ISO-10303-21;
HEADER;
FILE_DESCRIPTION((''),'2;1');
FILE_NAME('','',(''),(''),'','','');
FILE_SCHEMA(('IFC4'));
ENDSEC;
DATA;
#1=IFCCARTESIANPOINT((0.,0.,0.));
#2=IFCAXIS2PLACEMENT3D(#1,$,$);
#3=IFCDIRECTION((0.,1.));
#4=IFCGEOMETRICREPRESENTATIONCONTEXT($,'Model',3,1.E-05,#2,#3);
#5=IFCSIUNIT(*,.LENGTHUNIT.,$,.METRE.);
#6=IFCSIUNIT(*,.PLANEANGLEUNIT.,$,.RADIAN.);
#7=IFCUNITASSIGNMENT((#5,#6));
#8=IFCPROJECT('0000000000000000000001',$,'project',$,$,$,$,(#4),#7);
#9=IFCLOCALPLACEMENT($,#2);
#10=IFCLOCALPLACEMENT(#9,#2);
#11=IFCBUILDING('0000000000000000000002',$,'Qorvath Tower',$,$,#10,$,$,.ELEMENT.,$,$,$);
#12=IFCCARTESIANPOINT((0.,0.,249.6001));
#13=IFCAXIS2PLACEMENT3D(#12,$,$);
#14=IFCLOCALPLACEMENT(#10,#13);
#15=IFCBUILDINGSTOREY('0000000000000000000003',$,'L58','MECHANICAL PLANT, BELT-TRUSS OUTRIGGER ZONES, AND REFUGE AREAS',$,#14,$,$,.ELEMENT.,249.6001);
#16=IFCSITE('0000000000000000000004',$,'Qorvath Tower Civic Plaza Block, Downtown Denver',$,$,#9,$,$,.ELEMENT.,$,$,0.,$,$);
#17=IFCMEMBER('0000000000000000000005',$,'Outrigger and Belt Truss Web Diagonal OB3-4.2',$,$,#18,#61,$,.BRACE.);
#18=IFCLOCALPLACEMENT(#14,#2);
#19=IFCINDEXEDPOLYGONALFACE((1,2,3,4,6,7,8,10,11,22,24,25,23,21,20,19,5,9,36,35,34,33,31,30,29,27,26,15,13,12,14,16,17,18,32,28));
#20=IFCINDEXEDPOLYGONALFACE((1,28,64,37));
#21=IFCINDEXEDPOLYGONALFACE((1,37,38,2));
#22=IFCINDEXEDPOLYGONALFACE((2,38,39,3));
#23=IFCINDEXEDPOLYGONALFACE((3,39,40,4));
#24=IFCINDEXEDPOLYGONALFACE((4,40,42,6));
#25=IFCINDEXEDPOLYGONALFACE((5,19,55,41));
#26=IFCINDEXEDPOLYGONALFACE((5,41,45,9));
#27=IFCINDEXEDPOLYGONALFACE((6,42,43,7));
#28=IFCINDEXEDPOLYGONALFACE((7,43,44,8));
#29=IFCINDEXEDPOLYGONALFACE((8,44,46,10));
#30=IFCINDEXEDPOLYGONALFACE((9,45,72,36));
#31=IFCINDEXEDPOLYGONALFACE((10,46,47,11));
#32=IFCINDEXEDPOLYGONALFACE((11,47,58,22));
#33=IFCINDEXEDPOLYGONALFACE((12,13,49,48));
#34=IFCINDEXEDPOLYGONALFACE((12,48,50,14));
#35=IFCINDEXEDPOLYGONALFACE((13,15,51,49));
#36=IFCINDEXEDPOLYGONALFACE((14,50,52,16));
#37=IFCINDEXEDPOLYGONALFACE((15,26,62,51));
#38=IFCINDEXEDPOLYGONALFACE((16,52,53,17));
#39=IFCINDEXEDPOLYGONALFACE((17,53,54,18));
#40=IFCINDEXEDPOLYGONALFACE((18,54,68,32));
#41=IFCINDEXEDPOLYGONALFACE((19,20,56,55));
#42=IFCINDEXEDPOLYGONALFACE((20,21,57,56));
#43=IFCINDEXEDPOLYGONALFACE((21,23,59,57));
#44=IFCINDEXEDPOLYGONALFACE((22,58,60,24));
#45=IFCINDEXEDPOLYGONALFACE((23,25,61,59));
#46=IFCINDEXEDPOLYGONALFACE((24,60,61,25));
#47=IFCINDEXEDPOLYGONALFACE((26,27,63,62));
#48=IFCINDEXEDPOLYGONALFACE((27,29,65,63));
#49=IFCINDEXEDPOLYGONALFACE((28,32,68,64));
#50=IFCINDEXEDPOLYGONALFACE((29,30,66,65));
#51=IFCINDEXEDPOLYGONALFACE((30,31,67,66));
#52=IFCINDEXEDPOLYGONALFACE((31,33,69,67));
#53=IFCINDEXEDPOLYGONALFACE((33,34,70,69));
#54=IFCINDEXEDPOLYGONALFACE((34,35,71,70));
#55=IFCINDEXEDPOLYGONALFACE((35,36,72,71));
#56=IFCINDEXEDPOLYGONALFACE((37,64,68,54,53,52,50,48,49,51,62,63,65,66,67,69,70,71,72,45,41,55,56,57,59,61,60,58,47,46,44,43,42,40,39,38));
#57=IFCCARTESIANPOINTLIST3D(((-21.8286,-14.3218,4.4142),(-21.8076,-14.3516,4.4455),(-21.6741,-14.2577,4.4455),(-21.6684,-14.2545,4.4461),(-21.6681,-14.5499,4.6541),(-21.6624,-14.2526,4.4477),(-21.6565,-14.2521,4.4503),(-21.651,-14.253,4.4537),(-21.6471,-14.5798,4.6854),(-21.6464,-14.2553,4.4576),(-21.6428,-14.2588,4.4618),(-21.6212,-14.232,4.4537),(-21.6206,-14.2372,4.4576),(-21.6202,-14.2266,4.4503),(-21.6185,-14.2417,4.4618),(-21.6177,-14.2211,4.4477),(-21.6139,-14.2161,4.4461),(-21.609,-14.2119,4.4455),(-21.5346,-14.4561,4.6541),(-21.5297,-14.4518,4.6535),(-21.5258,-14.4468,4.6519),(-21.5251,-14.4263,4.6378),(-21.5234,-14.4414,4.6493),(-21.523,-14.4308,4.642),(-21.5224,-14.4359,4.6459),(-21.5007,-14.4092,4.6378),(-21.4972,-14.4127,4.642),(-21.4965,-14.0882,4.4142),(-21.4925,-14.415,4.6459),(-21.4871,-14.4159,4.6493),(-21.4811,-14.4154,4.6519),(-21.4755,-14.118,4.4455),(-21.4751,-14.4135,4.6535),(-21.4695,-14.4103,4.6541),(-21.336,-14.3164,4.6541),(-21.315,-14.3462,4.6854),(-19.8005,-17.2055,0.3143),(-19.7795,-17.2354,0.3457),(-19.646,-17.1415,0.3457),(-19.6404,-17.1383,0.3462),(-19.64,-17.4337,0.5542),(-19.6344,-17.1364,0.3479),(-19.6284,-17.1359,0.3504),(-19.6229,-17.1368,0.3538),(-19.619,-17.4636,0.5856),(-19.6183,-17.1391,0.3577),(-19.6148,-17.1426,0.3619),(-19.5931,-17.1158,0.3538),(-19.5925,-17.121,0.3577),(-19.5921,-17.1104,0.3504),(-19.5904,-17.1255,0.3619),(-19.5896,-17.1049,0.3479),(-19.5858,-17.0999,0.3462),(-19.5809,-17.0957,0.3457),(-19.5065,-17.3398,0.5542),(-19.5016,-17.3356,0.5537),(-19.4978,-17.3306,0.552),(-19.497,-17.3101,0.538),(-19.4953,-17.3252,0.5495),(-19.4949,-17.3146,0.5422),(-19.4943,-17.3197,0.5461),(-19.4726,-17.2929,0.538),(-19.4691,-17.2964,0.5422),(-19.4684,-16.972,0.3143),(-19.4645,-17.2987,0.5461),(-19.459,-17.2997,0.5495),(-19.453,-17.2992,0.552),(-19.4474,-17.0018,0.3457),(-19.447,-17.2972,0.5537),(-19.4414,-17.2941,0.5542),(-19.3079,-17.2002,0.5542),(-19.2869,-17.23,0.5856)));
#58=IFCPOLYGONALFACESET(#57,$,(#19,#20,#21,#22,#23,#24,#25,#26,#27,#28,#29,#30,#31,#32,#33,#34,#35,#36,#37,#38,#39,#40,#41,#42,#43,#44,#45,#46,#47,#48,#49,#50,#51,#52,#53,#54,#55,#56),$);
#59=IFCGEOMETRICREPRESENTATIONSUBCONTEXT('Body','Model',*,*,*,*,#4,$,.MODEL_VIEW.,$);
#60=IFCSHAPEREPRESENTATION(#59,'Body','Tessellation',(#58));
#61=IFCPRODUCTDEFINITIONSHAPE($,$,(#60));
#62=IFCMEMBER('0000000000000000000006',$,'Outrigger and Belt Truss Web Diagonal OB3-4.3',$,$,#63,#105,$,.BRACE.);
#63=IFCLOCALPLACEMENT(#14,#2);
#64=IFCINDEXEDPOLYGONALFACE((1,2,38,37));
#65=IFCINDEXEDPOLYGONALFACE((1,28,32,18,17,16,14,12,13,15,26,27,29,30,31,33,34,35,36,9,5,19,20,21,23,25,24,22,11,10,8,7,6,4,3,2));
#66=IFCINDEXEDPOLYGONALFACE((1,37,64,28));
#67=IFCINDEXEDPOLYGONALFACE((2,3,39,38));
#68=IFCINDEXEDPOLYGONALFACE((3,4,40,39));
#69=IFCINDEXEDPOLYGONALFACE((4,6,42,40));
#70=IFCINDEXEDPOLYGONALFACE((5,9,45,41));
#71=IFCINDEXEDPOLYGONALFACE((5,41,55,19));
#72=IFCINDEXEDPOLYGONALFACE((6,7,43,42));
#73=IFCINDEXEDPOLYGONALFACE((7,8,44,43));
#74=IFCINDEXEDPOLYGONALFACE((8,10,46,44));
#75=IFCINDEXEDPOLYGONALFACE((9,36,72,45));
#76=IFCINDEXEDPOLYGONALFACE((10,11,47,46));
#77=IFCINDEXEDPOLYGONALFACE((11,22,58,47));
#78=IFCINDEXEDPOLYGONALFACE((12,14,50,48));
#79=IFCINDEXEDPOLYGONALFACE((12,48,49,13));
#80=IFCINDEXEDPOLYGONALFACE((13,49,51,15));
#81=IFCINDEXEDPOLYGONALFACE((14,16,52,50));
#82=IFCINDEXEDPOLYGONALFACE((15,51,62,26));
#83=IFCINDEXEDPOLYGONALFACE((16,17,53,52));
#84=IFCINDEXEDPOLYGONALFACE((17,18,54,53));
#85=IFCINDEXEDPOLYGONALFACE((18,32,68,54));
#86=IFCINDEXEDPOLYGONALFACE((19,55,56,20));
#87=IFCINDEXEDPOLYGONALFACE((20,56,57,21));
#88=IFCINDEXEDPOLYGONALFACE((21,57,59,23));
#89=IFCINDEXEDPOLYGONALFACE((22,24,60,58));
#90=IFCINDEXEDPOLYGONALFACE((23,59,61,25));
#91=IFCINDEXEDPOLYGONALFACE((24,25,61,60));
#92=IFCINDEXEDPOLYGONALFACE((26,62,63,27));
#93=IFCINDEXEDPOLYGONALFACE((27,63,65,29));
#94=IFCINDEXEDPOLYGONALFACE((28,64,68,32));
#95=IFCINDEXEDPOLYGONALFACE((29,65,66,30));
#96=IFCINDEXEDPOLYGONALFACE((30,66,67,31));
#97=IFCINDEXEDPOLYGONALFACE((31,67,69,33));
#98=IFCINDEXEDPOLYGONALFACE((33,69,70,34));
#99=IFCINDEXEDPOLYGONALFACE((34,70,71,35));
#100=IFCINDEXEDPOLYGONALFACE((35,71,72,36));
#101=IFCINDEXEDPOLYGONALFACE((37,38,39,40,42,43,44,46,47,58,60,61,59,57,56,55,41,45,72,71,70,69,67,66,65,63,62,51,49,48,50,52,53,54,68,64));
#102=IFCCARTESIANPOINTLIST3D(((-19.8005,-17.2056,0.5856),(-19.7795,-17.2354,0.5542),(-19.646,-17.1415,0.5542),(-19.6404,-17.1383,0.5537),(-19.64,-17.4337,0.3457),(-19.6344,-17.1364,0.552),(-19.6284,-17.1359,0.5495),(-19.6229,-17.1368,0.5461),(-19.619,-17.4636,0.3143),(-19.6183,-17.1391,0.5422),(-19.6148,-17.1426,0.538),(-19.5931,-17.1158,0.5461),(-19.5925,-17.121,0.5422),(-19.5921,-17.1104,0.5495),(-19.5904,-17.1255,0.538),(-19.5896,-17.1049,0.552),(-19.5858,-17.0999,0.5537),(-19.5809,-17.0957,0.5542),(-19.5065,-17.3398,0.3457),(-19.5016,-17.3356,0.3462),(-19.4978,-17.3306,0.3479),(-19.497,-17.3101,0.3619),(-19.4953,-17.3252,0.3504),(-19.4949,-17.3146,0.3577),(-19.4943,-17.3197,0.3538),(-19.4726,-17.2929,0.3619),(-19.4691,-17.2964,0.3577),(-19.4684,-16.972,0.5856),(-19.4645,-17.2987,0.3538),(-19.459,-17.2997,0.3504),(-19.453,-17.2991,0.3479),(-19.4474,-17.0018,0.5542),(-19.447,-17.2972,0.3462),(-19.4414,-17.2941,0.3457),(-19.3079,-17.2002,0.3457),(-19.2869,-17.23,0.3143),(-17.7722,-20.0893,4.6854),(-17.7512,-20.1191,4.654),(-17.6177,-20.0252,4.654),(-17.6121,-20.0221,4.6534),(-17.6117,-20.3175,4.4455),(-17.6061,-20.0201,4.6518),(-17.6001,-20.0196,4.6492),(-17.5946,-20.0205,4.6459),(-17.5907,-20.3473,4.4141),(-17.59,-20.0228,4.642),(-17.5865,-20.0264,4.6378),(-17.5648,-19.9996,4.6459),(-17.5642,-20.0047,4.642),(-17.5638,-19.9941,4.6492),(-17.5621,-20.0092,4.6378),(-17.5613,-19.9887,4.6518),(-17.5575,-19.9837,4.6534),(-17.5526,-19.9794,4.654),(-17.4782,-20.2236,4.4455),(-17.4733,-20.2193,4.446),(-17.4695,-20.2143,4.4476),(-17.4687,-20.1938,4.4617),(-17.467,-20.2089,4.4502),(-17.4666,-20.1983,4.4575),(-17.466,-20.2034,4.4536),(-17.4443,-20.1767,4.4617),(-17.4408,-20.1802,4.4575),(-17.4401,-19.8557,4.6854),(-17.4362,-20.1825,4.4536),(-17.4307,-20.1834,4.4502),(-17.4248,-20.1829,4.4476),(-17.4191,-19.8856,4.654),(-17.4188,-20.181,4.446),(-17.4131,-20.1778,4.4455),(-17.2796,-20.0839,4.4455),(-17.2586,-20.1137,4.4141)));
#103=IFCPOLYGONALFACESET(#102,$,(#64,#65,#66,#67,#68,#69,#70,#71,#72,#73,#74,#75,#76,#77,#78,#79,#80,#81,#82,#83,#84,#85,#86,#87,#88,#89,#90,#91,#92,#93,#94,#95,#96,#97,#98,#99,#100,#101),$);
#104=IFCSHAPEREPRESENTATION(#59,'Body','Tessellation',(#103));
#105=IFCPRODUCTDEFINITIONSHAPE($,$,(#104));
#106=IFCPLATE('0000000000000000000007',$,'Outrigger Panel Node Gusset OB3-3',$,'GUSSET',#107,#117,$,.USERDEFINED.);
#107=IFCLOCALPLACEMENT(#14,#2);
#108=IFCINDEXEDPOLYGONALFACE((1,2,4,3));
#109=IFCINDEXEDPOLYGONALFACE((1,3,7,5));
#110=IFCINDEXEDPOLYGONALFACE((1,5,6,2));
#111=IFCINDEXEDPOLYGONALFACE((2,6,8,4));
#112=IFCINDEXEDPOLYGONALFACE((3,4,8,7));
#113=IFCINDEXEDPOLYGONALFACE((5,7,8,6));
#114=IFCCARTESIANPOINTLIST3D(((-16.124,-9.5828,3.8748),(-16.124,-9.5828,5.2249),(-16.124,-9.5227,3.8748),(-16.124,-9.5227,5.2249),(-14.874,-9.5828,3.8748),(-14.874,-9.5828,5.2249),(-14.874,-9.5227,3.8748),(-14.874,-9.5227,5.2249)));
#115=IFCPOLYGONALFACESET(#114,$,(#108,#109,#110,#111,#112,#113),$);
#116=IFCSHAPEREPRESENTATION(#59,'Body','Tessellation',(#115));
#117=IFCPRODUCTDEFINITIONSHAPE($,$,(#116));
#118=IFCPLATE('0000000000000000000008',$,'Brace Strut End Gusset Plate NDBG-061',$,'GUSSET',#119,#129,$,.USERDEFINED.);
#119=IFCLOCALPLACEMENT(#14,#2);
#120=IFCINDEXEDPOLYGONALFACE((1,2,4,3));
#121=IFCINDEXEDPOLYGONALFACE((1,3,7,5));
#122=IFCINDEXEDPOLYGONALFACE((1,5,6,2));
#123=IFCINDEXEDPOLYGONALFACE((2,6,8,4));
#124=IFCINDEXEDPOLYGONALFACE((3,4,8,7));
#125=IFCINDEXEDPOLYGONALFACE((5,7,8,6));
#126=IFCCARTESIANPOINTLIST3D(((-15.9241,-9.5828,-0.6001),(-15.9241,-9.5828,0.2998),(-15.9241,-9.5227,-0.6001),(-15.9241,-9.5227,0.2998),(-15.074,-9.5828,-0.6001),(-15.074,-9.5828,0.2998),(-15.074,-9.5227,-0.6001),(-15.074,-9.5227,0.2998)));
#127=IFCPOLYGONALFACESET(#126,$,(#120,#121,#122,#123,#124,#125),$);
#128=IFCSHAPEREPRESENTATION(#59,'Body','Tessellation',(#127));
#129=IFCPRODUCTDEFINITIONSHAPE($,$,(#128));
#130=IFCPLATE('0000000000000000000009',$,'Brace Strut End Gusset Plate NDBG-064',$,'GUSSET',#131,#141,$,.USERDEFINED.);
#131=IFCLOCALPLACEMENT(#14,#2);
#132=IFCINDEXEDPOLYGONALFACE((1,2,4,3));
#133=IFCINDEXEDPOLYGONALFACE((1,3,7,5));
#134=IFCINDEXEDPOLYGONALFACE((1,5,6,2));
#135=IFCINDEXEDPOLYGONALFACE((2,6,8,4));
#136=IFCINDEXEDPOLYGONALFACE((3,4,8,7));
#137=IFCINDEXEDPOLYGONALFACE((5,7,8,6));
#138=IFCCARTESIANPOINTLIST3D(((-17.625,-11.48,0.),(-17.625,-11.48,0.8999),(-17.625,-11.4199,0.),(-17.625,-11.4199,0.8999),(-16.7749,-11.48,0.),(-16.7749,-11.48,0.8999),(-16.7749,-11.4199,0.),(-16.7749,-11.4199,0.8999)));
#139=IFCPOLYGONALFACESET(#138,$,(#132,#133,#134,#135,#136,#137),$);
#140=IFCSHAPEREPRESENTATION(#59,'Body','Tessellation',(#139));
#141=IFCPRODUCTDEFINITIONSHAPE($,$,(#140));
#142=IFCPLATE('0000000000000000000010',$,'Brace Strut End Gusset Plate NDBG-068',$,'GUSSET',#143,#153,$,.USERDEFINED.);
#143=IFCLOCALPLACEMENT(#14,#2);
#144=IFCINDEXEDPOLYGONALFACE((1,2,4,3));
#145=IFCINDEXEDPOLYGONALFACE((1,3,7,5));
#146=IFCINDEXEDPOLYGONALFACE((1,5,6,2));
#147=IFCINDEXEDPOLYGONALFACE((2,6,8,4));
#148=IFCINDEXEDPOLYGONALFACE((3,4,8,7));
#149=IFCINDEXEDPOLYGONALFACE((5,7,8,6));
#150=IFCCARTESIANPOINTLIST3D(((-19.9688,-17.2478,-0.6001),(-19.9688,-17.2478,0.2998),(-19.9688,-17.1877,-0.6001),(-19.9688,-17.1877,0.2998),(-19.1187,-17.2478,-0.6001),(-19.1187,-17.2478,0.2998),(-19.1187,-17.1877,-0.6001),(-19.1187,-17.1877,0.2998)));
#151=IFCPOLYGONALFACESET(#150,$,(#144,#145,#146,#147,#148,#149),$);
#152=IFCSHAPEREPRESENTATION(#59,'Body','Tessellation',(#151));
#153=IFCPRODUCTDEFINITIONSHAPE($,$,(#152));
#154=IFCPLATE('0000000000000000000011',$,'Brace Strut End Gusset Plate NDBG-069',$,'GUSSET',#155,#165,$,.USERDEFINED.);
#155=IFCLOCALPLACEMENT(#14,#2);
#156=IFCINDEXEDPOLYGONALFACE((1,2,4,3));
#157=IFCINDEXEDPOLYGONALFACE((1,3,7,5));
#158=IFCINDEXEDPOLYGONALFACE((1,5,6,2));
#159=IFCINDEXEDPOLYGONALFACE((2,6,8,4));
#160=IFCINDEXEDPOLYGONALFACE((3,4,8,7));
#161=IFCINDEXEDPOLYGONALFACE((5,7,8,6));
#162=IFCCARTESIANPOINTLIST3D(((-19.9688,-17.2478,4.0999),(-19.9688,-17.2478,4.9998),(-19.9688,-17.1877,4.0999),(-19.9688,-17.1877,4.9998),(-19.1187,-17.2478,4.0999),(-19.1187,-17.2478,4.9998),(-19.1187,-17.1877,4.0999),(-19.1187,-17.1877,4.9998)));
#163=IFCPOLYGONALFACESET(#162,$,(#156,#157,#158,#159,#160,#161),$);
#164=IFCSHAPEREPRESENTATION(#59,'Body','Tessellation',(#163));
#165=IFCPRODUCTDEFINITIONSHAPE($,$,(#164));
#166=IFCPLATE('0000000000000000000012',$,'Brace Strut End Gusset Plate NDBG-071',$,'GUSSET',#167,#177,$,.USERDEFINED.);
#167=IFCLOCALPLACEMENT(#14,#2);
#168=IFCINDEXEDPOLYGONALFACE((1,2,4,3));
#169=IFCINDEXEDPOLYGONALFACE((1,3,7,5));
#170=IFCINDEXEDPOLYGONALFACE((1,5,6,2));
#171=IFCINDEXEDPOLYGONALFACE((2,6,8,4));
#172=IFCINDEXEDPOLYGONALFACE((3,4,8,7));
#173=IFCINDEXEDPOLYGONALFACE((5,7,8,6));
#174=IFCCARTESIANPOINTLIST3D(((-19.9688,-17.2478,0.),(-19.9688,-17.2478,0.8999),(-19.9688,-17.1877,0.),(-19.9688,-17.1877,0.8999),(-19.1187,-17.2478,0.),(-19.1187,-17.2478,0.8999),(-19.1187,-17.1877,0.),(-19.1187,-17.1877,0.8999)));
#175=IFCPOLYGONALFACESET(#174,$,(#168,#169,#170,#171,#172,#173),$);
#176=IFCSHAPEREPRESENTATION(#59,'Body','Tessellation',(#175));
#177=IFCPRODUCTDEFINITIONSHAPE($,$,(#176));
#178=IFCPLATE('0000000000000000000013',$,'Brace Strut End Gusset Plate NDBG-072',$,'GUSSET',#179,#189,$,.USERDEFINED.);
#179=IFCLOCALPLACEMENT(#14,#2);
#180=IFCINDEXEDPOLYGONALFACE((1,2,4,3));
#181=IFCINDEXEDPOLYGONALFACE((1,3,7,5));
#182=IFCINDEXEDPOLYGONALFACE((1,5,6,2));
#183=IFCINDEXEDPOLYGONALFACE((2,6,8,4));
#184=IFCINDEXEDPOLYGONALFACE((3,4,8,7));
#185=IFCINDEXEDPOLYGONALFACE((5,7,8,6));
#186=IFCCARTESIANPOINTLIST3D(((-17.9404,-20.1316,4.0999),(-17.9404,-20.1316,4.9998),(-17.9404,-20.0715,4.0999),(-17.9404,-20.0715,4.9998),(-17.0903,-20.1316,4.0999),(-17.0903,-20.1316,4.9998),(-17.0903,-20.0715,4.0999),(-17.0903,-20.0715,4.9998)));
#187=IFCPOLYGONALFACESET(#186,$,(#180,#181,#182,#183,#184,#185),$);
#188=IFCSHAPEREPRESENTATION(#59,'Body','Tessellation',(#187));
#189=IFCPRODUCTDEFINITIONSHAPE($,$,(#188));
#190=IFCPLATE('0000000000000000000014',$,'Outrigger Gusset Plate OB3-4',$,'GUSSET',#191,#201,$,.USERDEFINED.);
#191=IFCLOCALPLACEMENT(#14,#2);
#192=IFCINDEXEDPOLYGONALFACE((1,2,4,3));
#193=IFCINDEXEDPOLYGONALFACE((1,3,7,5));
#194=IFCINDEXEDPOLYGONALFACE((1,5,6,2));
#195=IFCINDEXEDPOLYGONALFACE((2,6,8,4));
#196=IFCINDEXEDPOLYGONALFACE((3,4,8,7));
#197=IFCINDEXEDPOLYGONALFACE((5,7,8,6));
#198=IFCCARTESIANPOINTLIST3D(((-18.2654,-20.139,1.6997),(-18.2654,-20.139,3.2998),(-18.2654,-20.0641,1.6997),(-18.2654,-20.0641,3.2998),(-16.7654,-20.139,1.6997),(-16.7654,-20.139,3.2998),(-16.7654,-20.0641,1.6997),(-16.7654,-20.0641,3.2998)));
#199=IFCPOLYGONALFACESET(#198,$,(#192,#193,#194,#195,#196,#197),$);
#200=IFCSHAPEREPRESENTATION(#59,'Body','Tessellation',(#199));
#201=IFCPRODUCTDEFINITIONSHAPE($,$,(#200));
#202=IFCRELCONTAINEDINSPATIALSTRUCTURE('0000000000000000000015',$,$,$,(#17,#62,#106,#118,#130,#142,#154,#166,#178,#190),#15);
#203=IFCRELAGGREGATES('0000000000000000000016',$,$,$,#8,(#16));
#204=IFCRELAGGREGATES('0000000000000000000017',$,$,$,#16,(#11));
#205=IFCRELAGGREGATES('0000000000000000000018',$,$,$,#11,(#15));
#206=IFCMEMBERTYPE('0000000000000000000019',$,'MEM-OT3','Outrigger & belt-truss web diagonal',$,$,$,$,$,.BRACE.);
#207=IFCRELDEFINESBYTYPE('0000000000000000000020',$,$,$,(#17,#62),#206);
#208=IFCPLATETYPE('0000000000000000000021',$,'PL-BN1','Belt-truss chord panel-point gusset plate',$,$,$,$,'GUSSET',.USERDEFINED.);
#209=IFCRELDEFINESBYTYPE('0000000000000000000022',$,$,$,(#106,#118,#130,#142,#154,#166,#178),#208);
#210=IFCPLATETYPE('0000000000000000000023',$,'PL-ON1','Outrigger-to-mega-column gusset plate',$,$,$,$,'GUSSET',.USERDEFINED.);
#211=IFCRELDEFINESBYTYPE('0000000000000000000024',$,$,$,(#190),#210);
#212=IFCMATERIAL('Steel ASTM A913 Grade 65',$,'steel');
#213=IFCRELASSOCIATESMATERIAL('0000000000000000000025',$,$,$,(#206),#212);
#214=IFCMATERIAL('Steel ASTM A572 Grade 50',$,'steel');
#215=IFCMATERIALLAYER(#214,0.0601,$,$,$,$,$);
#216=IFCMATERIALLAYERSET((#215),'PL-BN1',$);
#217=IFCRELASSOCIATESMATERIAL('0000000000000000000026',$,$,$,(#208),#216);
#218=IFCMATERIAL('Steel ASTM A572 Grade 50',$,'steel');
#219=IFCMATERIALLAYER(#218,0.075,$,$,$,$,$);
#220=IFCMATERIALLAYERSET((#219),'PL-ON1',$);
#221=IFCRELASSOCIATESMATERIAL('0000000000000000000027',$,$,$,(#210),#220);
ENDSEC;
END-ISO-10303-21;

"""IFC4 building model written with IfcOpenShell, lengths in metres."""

from ifc_helpers import new_model, si_unit, direction, frame, origin, origin_2d, place, context, subcontext, project, spatial, rectangle, i_section, extrude, material, layer, layer_set, material_profile, profile_set, type_object, element, save


model = new_model("IFC4")

# Units and contexts
model_context = context("Model", 3, precision=1e-05, world=origin(), true_north=direction((0.0, 1.0)))
body_context = subcontext(model_context, "Body", "Model", "MODEL_VIEW")
ifc_project = project(units=[si_unit("LENGTHUNIT", "METRE"), si_unit("PLANEANGLEUNIT", "RADIAN")], contexts=[model_context])

# Site, building, storey
site_placement = place(None, origin())
site = spatial("IfcSite", under=ifc_project, at=site_placement, Name="Qorvath Tower Civic Plaza Block, Downtown Denver", CompositionType="ELEMENT", RefElevation=0.0)
building_placement = place(site_placement, origin())
building = spatial("IfcBuilding", under=site, at=building_placement, Name="Qorvath Tower", CompositionType="ELEMENT")
storey_placement = place(building_placement, frame((0.0, 0.0, 249.6001)))
storey = spatial("IfcBuildingStorey", under=building, at=storey_placement, Name="L58", Description="MECHANICAL PLANT, BELT-TRUSS OUTRIGGER ZONES, AND REFUGE AREAS", CompositionType="ELEMENT", Elevation=249.6001)

# Members
ifc_material_1 = material(Name="Steel ASTM A913 Grade 65", Category="steel")
ifc_material_profile_1 = material_profile(ifc_material_1, i_section(OverallWidth=0.406, OverallDepth=0.416, WebThickness=0.0298, FlangeThickness=0.0481, FilletRadius=0.0249, at=origin_2d()), Name="W14x257")
ifc_profile_set_1 = profile_set([ifc_material_profile_1], Name="Steel ASTM A913 Grade 65")
member_type_1 = type_object("IfcMemberType", Name="MEM-OT3", Description="Outrigger & belt-truss web diagonal", PredefinedType="BRACE", material=ifc_profile_set_1)
for number, where, z_axis, x_axis, name in (
    (1, (-19.5437, -17.2178, 0.45), (-0.375068, 0.533321, 0.758217), (-0.817974, -0.575255, 0.0), "Outrigger and Belt Truss Web Diagonal OB3-4.2"),
    (2, (-19.5437, -17.2178, 0.45), (0.375106, -0.533312, 0.758204), (0.817942, 0.575301, 0.0), "Outrigger and Belt Truss Web Diagonal OB3-4.3"),
):
    element("IfcMember", number, at=place(storey_placement, frame(where, z_axis=z_axis, x_axis=x_axis)), inside=storey, type_object=member_type_1, Name=name, PredefinedType="BRACE", context=body_context, shape_type="SweptSolid", body=[
        extrude(i_section(OverallWidth=0.406, OverallDepth=0.416, WebThickness=0.0298, FlangeThickness=0.0481, FilletRadius=0.0249, at=origin_2d()), origin(), (0.0, 0.0, 1.0), 5.4072),
    ])

# Plates
ifc_material_2 = material(Name="Steel ASTM A572 Grade 50", Category="steel")
ifc_layer_1 = layer(ifc_material_2, 0.0601)
ifc_layer_set_1 = layer_set([ifc_layer_1], Name="PL-BN1")
plate_type_1 = type_object("IfcPlateType", Name="PL-BN1", Description="Belt-truss chord panel-point gusset plate", ElementType="GUSSET", PredefinedType="USERDEFINED", material=ifc_layer_set_1)
plate_1_placement = place(storey_placement, frame((-15.499, -9.5527, 3.8748), z_axis=(0.0, 0.0, 1.0), x_axis=(1.0, 0.0, 0.0)))
element("IfcPlate", 3, at=plate_1_placement, inside=storey, type_object=plate_type_1, Name="Outrigger Panel Node Gusset OB3-3", ObjectType="GUSSET", PredefinedType="USERDEFINED", context=body_context, shape_type="SweptSolid", body=[
    extrude(rectangle(XDim=1.25, YDim=0.0601, at=origin_2d()), origin(), (0.0, 0.0, 1.0), 1.3501),
])
for number, where, z_axis, x_axis, name in (
    (4, (-15.499, -9.5527, -0.6001), (0.0, 0.0, 1.0), (1.0, 0.0, 0.0), "Brace Strut End Gusset Plate NDBG-061"),
    (5, (-17.2, -11.45, 0.0), (0.0, 0.0, 1.0), (1.0, 0.0, 0.0), "Brace Strut End Gusset Plate NDBG-064"),
    (6, (-19.5437, -17.2178, -0.6001), (0.0, 0.0, 1.0), (1.0, 0.0, 0.0), "Brace Strut End Gusset Plate NDBG-068"),
    (7, (-19.5437, -17.2178, 4.0999), (0.0, 0.0, 1.0), (1.0, 0.0, 0.0), "Brace Strut End Gusset Plate NDBG-069"),
    (8, (-19.5437, -17.2178, 0.0), (0.0, 0.0, 1.0), (1.0, 0.0, 0.0), "Brace Strut End Gusset Plate NDBG-071"),
    (9, (-17.5154, -20.1016, 4.0999), (0.0, 0.0, 1.0), (1.0, 0.0, 0.0), "Brace Strut End Gusset Plate NDBG-072"),
):
    element("IfcPlate", number, at=place(storey_placement, frame(where, z_axis=z_axis, x_axis=x_axis)), inside=storey, type_object=plate_type_1, Name=name, ObjectType="GUSSET", PredefinedType="USERDEFINED", context=body_context, shape_type="SweptSolid", body=[
        extrude(rectangle(XDim=0.8501, YDim=0.0601, at=origin_2d()), origin(), (0.0, 0.0, 1.0), 0.8999),
    ])
ifc_material_3 = material(Name="Steel ASTM A572 Grade 50", Category="steel")
ifc_layer_2 = layer(ifc_material_3, 0.075)
ifc_layer_set_2 = layer_set([ifc_layer_2], Name="PL-ON1")
plate_type_2 = type_object("IfcPlateType", Name="PL-ON1", Description="Outrigger-to-mega-column gusset plate", ElementType="GUSSET", PredefinedType="USERDEFINED", material=ifc_layer_set_2)
plate_2_placement = place(storey_placement, frame((-17.5154, -20.1016, 1.6997), z_axis=(0.0, 0.0, 1.0), x_axis=(1.0, 0.0, 0.0)))
element("IfcPlate", 10, at=plate_2_placement, inside=storey, type_object=plate_type_2, Name="Outrigger Gusset Plate OB3-4", ObjectType="GUSSET", PredefinedType="USERDEFINED", context=body_context, shape_type="SweptSolid", body=[
    extrude(rectangle(XDim=1.5, YDim=0.075, at=origin_2d()), origin(), (0.0, 0.0, 1.0), 1.6001),
])

save(model, "model.ifc")
